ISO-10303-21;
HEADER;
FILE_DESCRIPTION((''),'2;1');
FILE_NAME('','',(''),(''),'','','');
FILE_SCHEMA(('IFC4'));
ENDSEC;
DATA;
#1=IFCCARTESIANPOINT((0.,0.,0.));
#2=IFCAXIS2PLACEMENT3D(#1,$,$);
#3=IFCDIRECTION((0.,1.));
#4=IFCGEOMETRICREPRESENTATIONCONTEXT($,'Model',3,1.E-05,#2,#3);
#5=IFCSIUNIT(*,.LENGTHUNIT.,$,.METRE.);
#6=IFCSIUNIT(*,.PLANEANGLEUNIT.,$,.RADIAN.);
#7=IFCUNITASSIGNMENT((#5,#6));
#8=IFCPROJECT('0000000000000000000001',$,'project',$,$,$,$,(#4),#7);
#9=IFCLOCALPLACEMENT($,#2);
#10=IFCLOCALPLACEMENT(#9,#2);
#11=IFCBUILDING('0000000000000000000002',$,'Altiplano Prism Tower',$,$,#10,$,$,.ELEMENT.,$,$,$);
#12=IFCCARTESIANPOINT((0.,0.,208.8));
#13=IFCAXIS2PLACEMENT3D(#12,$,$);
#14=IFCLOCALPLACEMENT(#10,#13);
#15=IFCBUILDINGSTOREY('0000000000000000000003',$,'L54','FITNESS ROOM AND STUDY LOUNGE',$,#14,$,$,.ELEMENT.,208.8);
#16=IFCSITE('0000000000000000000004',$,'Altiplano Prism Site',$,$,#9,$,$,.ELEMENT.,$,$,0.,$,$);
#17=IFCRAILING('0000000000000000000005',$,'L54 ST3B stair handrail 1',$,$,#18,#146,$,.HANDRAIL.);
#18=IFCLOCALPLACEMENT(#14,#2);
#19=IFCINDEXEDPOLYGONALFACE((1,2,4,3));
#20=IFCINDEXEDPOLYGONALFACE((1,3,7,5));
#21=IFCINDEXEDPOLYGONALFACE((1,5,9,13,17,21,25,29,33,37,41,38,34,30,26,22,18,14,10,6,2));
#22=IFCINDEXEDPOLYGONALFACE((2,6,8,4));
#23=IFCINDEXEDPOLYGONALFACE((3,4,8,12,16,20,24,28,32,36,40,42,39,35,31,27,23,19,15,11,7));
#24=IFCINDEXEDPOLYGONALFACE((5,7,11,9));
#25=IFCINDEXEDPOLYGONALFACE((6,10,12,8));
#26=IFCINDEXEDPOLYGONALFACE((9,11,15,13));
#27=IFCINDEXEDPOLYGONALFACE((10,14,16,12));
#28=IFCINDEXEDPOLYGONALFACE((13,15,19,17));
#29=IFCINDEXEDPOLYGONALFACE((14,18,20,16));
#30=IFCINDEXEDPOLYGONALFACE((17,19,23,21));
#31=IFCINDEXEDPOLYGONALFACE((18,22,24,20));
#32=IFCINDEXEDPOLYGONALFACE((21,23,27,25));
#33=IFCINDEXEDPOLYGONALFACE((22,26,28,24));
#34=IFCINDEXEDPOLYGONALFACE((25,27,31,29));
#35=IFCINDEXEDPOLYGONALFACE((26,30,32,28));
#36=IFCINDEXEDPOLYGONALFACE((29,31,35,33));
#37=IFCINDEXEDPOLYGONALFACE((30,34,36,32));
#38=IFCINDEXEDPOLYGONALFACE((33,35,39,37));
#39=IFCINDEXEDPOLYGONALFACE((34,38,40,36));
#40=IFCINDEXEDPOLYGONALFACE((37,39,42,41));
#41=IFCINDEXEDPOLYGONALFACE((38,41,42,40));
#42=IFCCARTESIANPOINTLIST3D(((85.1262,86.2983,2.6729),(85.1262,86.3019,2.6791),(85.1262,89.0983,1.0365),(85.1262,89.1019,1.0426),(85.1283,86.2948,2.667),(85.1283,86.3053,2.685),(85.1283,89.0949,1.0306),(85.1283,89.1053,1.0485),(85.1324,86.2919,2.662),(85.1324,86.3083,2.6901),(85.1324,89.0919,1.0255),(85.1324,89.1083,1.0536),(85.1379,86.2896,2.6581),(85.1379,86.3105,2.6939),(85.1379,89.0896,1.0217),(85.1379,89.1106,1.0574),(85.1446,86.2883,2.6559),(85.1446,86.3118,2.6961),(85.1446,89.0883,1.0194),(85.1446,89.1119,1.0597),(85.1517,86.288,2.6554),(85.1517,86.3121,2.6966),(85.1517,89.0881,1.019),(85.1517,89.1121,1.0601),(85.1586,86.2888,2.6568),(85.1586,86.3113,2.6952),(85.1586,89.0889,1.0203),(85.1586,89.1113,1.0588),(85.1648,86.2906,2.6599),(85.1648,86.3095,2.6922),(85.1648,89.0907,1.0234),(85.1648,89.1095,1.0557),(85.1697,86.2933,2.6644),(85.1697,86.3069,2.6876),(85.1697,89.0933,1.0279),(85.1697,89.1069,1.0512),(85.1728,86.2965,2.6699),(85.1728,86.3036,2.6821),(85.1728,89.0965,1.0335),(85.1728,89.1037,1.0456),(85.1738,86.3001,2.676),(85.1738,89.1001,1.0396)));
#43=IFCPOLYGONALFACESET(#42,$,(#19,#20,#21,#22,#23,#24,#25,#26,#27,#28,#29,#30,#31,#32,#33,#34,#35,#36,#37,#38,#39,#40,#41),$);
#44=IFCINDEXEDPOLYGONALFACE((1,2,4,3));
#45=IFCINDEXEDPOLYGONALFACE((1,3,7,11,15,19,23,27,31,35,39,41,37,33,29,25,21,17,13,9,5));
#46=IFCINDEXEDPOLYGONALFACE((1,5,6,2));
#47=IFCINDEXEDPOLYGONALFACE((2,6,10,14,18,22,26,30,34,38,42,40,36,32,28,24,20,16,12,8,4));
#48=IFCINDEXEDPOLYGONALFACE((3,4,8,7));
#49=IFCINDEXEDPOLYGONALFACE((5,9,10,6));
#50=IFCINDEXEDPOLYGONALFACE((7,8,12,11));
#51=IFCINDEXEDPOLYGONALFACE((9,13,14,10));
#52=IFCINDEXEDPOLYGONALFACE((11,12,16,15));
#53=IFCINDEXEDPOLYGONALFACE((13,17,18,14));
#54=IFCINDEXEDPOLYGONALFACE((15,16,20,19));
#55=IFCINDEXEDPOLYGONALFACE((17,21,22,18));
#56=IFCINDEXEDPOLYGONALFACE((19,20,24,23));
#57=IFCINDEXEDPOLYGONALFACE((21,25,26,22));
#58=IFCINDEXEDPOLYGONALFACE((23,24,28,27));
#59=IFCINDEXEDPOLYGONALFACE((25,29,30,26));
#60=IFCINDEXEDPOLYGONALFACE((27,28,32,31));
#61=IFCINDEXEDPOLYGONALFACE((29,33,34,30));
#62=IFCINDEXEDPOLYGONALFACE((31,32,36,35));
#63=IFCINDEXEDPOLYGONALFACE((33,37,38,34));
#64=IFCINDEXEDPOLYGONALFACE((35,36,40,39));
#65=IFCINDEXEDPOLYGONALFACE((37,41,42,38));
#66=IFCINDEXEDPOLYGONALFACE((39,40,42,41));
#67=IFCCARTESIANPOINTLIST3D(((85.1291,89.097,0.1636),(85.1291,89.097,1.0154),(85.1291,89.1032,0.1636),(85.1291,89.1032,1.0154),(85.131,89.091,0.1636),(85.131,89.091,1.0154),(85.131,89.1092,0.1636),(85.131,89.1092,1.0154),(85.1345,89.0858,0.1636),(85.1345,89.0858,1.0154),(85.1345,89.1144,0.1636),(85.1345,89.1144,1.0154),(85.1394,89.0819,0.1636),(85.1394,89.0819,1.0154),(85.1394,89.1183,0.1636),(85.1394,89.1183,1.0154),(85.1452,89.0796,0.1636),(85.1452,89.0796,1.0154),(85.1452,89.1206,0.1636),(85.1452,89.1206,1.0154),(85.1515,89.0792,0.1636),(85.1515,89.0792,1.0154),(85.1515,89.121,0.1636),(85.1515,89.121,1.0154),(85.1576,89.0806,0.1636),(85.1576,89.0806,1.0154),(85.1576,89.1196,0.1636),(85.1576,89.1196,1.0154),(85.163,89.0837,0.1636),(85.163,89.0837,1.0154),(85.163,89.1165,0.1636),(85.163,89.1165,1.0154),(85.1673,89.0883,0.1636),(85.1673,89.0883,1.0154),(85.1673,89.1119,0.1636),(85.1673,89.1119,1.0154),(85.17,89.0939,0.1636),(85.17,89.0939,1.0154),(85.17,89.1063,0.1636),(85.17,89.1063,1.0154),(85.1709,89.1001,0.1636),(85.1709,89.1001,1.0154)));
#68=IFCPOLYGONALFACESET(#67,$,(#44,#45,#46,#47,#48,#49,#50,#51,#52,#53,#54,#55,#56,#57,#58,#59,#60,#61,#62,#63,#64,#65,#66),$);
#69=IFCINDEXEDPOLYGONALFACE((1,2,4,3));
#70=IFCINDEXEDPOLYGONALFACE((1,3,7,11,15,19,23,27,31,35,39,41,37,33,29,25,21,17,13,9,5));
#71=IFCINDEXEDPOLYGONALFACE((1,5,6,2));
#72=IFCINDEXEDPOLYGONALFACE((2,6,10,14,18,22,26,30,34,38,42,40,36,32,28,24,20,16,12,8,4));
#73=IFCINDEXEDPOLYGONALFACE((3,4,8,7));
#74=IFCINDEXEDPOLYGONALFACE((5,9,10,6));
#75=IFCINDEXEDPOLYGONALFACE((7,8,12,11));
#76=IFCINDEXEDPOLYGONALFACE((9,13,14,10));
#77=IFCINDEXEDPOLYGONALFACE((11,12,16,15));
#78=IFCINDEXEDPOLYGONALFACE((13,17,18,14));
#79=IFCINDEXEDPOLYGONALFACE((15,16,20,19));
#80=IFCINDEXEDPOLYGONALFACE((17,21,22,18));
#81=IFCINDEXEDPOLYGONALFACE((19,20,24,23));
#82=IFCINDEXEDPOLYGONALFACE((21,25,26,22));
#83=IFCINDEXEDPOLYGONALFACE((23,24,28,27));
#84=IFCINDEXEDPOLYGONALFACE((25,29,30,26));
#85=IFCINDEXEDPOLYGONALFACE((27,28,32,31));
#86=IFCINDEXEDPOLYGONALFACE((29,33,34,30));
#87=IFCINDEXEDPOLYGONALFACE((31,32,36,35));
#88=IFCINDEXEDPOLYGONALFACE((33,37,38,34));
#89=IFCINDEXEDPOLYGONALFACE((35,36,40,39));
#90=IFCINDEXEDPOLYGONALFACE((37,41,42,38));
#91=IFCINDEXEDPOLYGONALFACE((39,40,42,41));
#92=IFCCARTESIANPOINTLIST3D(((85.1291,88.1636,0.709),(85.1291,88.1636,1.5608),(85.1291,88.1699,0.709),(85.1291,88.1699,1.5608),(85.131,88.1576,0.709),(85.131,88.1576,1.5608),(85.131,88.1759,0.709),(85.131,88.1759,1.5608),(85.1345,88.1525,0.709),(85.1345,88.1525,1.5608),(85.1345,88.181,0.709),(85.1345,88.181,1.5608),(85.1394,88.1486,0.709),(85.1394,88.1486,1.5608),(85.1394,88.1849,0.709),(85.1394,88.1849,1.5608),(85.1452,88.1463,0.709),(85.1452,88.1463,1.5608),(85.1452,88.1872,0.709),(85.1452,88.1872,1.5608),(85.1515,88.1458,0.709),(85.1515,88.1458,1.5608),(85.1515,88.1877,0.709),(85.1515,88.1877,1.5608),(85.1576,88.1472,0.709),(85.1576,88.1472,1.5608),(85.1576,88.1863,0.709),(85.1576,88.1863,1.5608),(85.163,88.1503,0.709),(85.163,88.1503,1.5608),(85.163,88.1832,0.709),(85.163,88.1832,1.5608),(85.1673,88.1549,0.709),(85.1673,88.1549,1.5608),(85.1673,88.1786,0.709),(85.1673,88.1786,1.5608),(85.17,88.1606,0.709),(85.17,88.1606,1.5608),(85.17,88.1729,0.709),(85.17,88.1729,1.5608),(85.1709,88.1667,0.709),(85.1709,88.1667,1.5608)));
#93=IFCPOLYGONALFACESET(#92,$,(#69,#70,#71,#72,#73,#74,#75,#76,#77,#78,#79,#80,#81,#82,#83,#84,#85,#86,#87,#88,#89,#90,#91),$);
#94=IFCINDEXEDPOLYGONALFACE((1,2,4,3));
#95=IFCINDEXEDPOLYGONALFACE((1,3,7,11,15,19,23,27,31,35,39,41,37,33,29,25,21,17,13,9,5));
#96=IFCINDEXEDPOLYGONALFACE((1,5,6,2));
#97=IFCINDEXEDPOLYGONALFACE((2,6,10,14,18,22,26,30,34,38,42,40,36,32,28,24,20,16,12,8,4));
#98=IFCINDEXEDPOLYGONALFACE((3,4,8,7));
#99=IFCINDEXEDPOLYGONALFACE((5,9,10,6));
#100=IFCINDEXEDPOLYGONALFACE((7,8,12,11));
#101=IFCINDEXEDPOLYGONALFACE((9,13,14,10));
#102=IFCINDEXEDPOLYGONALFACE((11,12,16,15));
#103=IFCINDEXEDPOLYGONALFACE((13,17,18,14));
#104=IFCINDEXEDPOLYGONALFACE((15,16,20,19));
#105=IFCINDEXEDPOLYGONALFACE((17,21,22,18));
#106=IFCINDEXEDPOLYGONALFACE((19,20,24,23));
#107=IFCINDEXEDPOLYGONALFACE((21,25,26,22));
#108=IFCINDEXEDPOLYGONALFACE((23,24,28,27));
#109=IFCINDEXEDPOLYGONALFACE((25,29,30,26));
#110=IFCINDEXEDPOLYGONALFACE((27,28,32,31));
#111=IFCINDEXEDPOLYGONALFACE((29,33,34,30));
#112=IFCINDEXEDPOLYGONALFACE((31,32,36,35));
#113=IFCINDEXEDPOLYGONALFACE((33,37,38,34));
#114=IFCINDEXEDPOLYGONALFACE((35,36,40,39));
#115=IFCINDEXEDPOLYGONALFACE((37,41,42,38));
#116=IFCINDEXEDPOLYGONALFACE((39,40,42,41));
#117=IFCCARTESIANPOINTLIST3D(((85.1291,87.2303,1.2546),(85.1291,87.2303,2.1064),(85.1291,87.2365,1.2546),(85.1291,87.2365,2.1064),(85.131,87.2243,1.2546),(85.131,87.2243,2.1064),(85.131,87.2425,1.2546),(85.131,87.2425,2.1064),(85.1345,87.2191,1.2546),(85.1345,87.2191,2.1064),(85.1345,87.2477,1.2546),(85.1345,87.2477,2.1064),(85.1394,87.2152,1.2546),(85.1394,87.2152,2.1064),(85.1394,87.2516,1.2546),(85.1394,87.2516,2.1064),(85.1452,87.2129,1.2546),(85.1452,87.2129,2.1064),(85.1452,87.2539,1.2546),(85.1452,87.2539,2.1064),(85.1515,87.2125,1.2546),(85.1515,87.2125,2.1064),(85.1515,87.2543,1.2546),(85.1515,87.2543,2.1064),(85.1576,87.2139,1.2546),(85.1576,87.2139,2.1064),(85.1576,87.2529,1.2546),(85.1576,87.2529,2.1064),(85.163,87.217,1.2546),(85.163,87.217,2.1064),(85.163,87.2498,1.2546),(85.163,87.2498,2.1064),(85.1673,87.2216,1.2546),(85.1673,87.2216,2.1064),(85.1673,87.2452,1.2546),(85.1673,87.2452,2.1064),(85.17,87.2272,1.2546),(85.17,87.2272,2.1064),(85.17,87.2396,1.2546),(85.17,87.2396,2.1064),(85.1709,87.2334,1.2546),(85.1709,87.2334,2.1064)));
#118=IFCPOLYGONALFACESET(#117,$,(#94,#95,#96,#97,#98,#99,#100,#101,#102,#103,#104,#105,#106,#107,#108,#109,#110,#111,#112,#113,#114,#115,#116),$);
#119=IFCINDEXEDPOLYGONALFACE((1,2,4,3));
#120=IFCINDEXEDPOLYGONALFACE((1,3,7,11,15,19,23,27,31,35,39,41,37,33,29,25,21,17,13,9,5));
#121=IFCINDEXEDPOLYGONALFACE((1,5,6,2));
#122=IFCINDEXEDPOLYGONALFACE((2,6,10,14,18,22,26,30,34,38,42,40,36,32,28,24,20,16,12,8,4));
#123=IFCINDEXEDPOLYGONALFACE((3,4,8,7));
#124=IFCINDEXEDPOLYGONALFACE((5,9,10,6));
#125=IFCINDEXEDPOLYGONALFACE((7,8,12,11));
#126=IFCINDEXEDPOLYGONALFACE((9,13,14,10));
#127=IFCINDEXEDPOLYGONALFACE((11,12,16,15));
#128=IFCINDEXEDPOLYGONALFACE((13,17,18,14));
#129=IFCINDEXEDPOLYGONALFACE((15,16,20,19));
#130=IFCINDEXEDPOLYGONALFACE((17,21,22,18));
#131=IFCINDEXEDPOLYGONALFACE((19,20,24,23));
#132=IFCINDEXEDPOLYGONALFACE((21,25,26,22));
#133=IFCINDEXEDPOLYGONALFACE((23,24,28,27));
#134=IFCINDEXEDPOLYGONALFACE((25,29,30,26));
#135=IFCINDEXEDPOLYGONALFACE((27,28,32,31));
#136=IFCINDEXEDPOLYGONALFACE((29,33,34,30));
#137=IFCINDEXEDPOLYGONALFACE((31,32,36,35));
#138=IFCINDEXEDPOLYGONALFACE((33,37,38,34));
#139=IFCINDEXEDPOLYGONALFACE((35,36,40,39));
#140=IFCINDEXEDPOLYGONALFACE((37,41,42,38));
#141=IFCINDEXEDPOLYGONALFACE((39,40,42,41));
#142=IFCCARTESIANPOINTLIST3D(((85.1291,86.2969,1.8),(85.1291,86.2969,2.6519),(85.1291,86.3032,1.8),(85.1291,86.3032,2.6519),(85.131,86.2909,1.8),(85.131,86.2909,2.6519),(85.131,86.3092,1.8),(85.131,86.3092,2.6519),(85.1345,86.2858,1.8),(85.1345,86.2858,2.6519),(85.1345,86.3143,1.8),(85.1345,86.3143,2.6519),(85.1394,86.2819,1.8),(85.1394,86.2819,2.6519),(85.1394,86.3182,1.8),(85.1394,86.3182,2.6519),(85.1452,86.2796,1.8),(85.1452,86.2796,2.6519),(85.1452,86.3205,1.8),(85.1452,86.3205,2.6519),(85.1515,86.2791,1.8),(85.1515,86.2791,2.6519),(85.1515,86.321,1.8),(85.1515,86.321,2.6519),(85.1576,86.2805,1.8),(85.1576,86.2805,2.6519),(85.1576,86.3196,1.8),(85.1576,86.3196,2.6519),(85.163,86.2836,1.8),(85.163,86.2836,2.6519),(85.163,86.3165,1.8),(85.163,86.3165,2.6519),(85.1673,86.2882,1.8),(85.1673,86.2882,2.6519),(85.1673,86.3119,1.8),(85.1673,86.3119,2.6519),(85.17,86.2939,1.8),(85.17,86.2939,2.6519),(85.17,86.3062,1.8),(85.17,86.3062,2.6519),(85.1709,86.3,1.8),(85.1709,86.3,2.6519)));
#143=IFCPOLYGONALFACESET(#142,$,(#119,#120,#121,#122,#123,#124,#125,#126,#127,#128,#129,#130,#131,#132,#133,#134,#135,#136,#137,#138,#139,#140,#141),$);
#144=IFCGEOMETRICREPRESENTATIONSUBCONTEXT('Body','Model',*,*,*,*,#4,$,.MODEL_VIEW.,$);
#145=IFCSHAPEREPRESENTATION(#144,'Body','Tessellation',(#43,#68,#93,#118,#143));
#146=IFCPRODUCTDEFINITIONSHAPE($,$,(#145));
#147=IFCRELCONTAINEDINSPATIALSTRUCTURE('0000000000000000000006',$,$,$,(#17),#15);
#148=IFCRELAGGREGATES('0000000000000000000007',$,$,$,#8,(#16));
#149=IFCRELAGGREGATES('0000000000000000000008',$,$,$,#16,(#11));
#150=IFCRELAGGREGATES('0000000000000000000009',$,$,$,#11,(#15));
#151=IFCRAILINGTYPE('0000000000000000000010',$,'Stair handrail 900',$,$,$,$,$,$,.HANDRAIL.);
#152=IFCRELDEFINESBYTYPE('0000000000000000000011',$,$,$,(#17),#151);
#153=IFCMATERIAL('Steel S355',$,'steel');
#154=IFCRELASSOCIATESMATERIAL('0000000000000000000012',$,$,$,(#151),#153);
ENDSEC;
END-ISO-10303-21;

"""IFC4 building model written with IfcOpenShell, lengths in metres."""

from ifc_helpers import new_model, si_unit, direction, frame, origin, origin_2d, place, context, subcontext, project, spatial, circle, extrude, material, type_object, element, save


model = new_model("IFC4")

# Units and contexts
model_context = context("Model", 3, precision=1e-05, world=origin(), true_north=direction((0.0, 1.0)))
body_context = subcontext(model_context, "Body", "Model", "MODEL_VIEW")
ifc_project = project(units=[si_unit("LENGTHUNIT", "METRE"), si_unit("PLANEANGLEUNIT", "RADIAN")], contexts=[model_context])

# Site, building, storey
site_placement = place(None, origin())
site = spatial("IfcSite", under=ifc_project, at=site_placement, Name="Altiplano Prism Site", CompositionType="ELEMENT", RefElevation=0.0)
building_placement = place(site_placement, origin())
building = spatial("IfcBuilding", under=site, at=building_placement, Name="Altiplano Prism Tower", CompositionType="ELEMENT")
storey_placement = place(building_placement, frame((0.0, 0.0, 208.8)))
storey = spatial("IfcBuildingStorey", under=building, at=storey_placement, Name="L54", Description="FITNESS ROOM AND STUDY LOUNGE", CompositionType="ELEMENT", Elevation=208.8)

# Railing
ifc_material_1 = material(Name="Steel S355", Category="steel")
railing_type = type_object("IfcRailingType", Name="Stair handrail 900", PredefinedType="HANDRAIL", material=ifc_material_1)
railing_1_placement = place(storey_placement, frame((85.1499, 89.1001, 0.1636)))
element("IfcRailing", 1, at=railing_1_placement, inside=storey, type_object=railing_type, Name="L54 ST3B stair handrail 1", PredefinedType="HANDRAIL", context=body_context, shape_type="SweptSolid", body=[
    extrude(circle(Radius=0.0239, at=origin_2d()), frame((0.0, 0.0, 0.876), z_axis=(0.0, -0.863361, 0.504587), x_axis=(1.0, 0.0, 0.0)), (0.0, 0.0, 1.0), 3.2432),
    extrude(circle(Radius=0.021, at=origin_2d()), origin(), (0.0, 0.0, 1.0), 0.8518),
    extrude(circle(Radius=0.021, at=origin_2d()), frame((0.0, -0.9333, 0.5454)), (0.0, 0.0, 1.0), 0.8518),
    extrude(circle(Radius=0.021, at=origin_2d()), frame((0.0, -1.8667, 1.0911)), (0.0, 0.0, 1.0), 0.8518),
    extrude(circle(Radius=0.021, at=origin_2d()), frame((0.0, -2.8, 1.6365)), (0.0, 0.0, 1.0), 0.8518),
])

save(model, "model.ifc")
